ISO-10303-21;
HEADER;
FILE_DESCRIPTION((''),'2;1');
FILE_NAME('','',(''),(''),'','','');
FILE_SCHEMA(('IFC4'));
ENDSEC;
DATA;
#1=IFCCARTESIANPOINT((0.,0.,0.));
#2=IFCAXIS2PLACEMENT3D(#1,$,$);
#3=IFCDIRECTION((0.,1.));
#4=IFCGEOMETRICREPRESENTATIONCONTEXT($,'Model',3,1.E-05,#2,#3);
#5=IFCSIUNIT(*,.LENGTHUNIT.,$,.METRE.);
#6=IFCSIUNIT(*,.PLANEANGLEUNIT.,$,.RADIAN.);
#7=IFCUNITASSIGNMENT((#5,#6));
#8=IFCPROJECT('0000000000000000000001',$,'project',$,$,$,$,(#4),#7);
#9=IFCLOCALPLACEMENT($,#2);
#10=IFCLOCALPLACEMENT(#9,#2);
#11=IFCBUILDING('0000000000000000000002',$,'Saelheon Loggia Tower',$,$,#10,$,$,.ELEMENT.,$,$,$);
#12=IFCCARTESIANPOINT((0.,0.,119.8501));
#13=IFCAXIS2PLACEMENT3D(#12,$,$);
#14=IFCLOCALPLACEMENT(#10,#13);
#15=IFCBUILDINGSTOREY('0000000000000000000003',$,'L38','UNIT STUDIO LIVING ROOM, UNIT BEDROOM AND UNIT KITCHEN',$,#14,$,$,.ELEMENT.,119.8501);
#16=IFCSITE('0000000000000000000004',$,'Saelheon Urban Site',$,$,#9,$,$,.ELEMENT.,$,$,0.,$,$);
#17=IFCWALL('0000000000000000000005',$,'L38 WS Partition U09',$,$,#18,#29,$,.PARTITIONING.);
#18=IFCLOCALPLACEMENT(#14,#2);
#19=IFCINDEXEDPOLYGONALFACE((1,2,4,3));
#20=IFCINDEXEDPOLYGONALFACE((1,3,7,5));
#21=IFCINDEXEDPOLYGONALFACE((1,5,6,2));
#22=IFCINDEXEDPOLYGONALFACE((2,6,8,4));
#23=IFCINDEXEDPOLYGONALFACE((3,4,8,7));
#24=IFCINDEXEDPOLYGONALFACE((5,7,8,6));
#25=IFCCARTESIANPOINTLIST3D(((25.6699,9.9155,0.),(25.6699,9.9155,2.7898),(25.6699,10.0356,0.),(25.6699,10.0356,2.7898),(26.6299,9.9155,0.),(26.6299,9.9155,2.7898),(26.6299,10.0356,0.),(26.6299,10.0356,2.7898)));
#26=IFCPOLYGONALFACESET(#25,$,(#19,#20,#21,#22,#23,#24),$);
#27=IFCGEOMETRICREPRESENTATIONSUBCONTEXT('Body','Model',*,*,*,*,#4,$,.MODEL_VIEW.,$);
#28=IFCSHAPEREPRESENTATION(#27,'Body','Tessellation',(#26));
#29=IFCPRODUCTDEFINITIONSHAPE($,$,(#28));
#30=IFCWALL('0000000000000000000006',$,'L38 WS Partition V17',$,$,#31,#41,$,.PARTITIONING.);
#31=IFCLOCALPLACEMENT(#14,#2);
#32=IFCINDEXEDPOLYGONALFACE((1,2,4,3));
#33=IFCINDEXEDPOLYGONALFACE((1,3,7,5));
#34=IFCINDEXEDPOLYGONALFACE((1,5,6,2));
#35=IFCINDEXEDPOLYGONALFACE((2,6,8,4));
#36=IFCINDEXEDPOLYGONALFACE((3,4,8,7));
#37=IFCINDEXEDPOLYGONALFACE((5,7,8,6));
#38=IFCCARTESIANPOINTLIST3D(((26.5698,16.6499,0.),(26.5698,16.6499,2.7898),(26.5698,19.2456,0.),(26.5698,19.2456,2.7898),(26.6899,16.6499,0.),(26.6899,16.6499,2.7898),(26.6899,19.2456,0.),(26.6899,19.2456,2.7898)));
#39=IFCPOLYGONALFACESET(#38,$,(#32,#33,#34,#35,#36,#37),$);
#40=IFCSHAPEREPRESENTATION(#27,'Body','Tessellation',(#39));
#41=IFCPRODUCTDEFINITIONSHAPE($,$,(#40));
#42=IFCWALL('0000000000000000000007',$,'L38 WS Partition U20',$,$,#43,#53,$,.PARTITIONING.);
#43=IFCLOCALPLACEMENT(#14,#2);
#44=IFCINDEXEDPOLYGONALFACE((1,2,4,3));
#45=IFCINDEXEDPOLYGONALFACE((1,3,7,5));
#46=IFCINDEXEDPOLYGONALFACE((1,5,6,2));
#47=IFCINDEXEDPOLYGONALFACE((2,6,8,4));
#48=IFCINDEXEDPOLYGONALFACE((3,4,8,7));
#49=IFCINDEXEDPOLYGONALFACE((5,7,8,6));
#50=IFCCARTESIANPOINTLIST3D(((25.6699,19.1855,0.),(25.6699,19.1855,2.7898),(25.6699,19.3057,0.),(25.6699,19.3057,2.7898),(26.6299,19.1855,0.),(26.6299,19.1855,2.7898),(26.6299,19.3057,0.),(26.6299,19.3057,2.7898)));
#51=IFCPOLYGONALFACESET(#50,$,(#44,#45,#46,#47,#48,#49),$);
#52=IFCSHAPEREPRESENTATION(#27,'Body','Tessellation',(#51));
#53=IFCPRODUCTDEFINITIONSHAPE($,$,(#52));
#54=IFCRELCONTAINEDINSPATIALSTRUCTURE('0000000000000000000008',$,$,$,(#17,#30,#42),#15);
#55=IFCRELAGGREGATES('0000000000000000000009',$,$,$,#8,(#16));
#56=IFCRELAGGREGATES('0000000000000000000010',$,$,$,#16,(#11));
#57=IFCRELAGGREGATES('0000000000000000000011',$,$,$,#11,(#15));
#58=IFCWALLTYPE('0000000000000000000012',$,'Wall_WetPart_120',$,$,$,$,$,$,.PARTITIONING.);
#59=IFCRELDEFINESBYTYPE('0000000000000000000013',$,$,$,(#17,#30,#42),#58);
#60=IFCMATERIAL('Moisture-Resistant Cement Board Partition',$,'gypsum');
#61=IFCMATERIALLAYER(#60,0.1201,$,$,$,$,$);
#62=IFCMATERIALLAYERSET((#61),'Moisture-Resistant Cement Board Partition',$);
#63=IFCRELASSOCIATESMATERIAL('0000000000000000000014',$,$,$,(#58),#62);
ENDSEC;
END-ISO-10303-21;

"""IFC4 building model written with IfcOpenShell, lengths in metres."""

from ifc_helpers import new_model, si_unit, direction, frame, frame_2d, origin, place, context, subcontext, project, spatial, rectangle, extrude, material, layer, layer_set, type_object, element, save


model = new_model("IFC4")

# Units and contexts
model_context = context("Model", 3, precision=1e-05, world=origin(), true_north=direction((0.0, 1.0)))
body_context = subcontext(model_context, "Body", "Model", "MODEL_VIEW")
ifc_project = project(units=[si_unit("LENGTHUNIT", "METRE"), si_unit("PLANEANGLEUNIT", "RADIAN")], contexts=[model_context])

# Site, building, storey
site_placement = place(None, origin())
site = spatial("IfcSite", under=ifc_project, at=site_placement, Name="Saelheon Urban Site", CompositionType="ELEMENT", RefElevation=0.0)
building_placement = place(site_placement, origin())
building = spatial("IfcBuilding", under=site, at=building_placement, Name="Saelheon Loggia Tower", CompositionType="ELEMENT")
storey_placement = place(building_placement, frame((0.0, 0.0, 119.8501)))
storey = spatial("IfcBuildingStorey", under=building, at=storey_placement, Name="L38", Description="UNIT STUDIO LIVING ROOM, UNIT BEDROOM AND UNIT KITCHEN", CompositionType="ELEMENT", Elevation=119.8501)

# Walls
ifc_material_1 = material(Name="Moisture-Resistant Cement Board Partition", Category="gypsum")
ifc_layer_1 = layer(ifc_material_1, 0.1201)
ifc_layer_set_1 = layer_set([ifc_layer_1], Name="Moisture-Resistant Cement Board Partition")
wall_type_1 = type_object("IfcWallType", Name="Wall_WetPart_120", PredefinedType="PARTITIONING", material=ifc_layer_set_1)
wall_1_placement = place(storey_placement, frame((26.6299, 9.9756, 0.0), z_axis=(0.0, 0.0, 1.0), x_axis=(-1.0, 0.0, 0.0)))
element("IfcWall", 1, at=wall_1_placement, inside=storey, type_object=wall_type_1, Name="L38 WS Partition U09", PredefinedType="PARTITIONING", context=body_context, shape_type="SweptSolid", body=[
    extrude(rectangle(XDim=0.96, YDim=0.1201, at=frame_2d((0.48, 0.0))), origin(), (0.0, 0.0, 1.0), 2.7898),
])
wall_2_placement = place(storey_placement, frame((26.6299, 16.6499, 0.0), z_axis=(0.0, 0.0, 1.0), x_axis=(0.0, 1.0, 0.0)))
element("IfcWall", 2, at=wall_2_placement, inside=storey, type_object=wall_type_1, Name="L38 WS Partition V17", PredefinedType="PARTITIONING", context=body_context, shape_type="SweptSolid", body=[
    extrude(rectangle(XDim=2.5957, YDim=0.1201, at=frame_2d((1.2979, 0.0))), origin(), (0.0, 0.0, 1.0), 2.7898),
])
wall_3_placement = place(storey_placement, frame((26.6299, 19.2456, 0.0), z_axis=(0.0, 0.0, 1.0), x_axis=(-1.0, 0.0, 0.0)))
element("IfcWall", 3, at=wall_3_placement, inside=storey, type_object=wall_type_1, Name="L38 WS Partition U20", PredefinedType="PARTITIONING", context=body_context, shape_type="SweptSolid", body=[
    extrude(rectangle(XDim=0.96, YDim=0.1201, at=frame_2d((0.48, 0.0))), origin(), (0.0, 0.0, 1.0), 2.7898),
])

save(model, "model.ifc")
